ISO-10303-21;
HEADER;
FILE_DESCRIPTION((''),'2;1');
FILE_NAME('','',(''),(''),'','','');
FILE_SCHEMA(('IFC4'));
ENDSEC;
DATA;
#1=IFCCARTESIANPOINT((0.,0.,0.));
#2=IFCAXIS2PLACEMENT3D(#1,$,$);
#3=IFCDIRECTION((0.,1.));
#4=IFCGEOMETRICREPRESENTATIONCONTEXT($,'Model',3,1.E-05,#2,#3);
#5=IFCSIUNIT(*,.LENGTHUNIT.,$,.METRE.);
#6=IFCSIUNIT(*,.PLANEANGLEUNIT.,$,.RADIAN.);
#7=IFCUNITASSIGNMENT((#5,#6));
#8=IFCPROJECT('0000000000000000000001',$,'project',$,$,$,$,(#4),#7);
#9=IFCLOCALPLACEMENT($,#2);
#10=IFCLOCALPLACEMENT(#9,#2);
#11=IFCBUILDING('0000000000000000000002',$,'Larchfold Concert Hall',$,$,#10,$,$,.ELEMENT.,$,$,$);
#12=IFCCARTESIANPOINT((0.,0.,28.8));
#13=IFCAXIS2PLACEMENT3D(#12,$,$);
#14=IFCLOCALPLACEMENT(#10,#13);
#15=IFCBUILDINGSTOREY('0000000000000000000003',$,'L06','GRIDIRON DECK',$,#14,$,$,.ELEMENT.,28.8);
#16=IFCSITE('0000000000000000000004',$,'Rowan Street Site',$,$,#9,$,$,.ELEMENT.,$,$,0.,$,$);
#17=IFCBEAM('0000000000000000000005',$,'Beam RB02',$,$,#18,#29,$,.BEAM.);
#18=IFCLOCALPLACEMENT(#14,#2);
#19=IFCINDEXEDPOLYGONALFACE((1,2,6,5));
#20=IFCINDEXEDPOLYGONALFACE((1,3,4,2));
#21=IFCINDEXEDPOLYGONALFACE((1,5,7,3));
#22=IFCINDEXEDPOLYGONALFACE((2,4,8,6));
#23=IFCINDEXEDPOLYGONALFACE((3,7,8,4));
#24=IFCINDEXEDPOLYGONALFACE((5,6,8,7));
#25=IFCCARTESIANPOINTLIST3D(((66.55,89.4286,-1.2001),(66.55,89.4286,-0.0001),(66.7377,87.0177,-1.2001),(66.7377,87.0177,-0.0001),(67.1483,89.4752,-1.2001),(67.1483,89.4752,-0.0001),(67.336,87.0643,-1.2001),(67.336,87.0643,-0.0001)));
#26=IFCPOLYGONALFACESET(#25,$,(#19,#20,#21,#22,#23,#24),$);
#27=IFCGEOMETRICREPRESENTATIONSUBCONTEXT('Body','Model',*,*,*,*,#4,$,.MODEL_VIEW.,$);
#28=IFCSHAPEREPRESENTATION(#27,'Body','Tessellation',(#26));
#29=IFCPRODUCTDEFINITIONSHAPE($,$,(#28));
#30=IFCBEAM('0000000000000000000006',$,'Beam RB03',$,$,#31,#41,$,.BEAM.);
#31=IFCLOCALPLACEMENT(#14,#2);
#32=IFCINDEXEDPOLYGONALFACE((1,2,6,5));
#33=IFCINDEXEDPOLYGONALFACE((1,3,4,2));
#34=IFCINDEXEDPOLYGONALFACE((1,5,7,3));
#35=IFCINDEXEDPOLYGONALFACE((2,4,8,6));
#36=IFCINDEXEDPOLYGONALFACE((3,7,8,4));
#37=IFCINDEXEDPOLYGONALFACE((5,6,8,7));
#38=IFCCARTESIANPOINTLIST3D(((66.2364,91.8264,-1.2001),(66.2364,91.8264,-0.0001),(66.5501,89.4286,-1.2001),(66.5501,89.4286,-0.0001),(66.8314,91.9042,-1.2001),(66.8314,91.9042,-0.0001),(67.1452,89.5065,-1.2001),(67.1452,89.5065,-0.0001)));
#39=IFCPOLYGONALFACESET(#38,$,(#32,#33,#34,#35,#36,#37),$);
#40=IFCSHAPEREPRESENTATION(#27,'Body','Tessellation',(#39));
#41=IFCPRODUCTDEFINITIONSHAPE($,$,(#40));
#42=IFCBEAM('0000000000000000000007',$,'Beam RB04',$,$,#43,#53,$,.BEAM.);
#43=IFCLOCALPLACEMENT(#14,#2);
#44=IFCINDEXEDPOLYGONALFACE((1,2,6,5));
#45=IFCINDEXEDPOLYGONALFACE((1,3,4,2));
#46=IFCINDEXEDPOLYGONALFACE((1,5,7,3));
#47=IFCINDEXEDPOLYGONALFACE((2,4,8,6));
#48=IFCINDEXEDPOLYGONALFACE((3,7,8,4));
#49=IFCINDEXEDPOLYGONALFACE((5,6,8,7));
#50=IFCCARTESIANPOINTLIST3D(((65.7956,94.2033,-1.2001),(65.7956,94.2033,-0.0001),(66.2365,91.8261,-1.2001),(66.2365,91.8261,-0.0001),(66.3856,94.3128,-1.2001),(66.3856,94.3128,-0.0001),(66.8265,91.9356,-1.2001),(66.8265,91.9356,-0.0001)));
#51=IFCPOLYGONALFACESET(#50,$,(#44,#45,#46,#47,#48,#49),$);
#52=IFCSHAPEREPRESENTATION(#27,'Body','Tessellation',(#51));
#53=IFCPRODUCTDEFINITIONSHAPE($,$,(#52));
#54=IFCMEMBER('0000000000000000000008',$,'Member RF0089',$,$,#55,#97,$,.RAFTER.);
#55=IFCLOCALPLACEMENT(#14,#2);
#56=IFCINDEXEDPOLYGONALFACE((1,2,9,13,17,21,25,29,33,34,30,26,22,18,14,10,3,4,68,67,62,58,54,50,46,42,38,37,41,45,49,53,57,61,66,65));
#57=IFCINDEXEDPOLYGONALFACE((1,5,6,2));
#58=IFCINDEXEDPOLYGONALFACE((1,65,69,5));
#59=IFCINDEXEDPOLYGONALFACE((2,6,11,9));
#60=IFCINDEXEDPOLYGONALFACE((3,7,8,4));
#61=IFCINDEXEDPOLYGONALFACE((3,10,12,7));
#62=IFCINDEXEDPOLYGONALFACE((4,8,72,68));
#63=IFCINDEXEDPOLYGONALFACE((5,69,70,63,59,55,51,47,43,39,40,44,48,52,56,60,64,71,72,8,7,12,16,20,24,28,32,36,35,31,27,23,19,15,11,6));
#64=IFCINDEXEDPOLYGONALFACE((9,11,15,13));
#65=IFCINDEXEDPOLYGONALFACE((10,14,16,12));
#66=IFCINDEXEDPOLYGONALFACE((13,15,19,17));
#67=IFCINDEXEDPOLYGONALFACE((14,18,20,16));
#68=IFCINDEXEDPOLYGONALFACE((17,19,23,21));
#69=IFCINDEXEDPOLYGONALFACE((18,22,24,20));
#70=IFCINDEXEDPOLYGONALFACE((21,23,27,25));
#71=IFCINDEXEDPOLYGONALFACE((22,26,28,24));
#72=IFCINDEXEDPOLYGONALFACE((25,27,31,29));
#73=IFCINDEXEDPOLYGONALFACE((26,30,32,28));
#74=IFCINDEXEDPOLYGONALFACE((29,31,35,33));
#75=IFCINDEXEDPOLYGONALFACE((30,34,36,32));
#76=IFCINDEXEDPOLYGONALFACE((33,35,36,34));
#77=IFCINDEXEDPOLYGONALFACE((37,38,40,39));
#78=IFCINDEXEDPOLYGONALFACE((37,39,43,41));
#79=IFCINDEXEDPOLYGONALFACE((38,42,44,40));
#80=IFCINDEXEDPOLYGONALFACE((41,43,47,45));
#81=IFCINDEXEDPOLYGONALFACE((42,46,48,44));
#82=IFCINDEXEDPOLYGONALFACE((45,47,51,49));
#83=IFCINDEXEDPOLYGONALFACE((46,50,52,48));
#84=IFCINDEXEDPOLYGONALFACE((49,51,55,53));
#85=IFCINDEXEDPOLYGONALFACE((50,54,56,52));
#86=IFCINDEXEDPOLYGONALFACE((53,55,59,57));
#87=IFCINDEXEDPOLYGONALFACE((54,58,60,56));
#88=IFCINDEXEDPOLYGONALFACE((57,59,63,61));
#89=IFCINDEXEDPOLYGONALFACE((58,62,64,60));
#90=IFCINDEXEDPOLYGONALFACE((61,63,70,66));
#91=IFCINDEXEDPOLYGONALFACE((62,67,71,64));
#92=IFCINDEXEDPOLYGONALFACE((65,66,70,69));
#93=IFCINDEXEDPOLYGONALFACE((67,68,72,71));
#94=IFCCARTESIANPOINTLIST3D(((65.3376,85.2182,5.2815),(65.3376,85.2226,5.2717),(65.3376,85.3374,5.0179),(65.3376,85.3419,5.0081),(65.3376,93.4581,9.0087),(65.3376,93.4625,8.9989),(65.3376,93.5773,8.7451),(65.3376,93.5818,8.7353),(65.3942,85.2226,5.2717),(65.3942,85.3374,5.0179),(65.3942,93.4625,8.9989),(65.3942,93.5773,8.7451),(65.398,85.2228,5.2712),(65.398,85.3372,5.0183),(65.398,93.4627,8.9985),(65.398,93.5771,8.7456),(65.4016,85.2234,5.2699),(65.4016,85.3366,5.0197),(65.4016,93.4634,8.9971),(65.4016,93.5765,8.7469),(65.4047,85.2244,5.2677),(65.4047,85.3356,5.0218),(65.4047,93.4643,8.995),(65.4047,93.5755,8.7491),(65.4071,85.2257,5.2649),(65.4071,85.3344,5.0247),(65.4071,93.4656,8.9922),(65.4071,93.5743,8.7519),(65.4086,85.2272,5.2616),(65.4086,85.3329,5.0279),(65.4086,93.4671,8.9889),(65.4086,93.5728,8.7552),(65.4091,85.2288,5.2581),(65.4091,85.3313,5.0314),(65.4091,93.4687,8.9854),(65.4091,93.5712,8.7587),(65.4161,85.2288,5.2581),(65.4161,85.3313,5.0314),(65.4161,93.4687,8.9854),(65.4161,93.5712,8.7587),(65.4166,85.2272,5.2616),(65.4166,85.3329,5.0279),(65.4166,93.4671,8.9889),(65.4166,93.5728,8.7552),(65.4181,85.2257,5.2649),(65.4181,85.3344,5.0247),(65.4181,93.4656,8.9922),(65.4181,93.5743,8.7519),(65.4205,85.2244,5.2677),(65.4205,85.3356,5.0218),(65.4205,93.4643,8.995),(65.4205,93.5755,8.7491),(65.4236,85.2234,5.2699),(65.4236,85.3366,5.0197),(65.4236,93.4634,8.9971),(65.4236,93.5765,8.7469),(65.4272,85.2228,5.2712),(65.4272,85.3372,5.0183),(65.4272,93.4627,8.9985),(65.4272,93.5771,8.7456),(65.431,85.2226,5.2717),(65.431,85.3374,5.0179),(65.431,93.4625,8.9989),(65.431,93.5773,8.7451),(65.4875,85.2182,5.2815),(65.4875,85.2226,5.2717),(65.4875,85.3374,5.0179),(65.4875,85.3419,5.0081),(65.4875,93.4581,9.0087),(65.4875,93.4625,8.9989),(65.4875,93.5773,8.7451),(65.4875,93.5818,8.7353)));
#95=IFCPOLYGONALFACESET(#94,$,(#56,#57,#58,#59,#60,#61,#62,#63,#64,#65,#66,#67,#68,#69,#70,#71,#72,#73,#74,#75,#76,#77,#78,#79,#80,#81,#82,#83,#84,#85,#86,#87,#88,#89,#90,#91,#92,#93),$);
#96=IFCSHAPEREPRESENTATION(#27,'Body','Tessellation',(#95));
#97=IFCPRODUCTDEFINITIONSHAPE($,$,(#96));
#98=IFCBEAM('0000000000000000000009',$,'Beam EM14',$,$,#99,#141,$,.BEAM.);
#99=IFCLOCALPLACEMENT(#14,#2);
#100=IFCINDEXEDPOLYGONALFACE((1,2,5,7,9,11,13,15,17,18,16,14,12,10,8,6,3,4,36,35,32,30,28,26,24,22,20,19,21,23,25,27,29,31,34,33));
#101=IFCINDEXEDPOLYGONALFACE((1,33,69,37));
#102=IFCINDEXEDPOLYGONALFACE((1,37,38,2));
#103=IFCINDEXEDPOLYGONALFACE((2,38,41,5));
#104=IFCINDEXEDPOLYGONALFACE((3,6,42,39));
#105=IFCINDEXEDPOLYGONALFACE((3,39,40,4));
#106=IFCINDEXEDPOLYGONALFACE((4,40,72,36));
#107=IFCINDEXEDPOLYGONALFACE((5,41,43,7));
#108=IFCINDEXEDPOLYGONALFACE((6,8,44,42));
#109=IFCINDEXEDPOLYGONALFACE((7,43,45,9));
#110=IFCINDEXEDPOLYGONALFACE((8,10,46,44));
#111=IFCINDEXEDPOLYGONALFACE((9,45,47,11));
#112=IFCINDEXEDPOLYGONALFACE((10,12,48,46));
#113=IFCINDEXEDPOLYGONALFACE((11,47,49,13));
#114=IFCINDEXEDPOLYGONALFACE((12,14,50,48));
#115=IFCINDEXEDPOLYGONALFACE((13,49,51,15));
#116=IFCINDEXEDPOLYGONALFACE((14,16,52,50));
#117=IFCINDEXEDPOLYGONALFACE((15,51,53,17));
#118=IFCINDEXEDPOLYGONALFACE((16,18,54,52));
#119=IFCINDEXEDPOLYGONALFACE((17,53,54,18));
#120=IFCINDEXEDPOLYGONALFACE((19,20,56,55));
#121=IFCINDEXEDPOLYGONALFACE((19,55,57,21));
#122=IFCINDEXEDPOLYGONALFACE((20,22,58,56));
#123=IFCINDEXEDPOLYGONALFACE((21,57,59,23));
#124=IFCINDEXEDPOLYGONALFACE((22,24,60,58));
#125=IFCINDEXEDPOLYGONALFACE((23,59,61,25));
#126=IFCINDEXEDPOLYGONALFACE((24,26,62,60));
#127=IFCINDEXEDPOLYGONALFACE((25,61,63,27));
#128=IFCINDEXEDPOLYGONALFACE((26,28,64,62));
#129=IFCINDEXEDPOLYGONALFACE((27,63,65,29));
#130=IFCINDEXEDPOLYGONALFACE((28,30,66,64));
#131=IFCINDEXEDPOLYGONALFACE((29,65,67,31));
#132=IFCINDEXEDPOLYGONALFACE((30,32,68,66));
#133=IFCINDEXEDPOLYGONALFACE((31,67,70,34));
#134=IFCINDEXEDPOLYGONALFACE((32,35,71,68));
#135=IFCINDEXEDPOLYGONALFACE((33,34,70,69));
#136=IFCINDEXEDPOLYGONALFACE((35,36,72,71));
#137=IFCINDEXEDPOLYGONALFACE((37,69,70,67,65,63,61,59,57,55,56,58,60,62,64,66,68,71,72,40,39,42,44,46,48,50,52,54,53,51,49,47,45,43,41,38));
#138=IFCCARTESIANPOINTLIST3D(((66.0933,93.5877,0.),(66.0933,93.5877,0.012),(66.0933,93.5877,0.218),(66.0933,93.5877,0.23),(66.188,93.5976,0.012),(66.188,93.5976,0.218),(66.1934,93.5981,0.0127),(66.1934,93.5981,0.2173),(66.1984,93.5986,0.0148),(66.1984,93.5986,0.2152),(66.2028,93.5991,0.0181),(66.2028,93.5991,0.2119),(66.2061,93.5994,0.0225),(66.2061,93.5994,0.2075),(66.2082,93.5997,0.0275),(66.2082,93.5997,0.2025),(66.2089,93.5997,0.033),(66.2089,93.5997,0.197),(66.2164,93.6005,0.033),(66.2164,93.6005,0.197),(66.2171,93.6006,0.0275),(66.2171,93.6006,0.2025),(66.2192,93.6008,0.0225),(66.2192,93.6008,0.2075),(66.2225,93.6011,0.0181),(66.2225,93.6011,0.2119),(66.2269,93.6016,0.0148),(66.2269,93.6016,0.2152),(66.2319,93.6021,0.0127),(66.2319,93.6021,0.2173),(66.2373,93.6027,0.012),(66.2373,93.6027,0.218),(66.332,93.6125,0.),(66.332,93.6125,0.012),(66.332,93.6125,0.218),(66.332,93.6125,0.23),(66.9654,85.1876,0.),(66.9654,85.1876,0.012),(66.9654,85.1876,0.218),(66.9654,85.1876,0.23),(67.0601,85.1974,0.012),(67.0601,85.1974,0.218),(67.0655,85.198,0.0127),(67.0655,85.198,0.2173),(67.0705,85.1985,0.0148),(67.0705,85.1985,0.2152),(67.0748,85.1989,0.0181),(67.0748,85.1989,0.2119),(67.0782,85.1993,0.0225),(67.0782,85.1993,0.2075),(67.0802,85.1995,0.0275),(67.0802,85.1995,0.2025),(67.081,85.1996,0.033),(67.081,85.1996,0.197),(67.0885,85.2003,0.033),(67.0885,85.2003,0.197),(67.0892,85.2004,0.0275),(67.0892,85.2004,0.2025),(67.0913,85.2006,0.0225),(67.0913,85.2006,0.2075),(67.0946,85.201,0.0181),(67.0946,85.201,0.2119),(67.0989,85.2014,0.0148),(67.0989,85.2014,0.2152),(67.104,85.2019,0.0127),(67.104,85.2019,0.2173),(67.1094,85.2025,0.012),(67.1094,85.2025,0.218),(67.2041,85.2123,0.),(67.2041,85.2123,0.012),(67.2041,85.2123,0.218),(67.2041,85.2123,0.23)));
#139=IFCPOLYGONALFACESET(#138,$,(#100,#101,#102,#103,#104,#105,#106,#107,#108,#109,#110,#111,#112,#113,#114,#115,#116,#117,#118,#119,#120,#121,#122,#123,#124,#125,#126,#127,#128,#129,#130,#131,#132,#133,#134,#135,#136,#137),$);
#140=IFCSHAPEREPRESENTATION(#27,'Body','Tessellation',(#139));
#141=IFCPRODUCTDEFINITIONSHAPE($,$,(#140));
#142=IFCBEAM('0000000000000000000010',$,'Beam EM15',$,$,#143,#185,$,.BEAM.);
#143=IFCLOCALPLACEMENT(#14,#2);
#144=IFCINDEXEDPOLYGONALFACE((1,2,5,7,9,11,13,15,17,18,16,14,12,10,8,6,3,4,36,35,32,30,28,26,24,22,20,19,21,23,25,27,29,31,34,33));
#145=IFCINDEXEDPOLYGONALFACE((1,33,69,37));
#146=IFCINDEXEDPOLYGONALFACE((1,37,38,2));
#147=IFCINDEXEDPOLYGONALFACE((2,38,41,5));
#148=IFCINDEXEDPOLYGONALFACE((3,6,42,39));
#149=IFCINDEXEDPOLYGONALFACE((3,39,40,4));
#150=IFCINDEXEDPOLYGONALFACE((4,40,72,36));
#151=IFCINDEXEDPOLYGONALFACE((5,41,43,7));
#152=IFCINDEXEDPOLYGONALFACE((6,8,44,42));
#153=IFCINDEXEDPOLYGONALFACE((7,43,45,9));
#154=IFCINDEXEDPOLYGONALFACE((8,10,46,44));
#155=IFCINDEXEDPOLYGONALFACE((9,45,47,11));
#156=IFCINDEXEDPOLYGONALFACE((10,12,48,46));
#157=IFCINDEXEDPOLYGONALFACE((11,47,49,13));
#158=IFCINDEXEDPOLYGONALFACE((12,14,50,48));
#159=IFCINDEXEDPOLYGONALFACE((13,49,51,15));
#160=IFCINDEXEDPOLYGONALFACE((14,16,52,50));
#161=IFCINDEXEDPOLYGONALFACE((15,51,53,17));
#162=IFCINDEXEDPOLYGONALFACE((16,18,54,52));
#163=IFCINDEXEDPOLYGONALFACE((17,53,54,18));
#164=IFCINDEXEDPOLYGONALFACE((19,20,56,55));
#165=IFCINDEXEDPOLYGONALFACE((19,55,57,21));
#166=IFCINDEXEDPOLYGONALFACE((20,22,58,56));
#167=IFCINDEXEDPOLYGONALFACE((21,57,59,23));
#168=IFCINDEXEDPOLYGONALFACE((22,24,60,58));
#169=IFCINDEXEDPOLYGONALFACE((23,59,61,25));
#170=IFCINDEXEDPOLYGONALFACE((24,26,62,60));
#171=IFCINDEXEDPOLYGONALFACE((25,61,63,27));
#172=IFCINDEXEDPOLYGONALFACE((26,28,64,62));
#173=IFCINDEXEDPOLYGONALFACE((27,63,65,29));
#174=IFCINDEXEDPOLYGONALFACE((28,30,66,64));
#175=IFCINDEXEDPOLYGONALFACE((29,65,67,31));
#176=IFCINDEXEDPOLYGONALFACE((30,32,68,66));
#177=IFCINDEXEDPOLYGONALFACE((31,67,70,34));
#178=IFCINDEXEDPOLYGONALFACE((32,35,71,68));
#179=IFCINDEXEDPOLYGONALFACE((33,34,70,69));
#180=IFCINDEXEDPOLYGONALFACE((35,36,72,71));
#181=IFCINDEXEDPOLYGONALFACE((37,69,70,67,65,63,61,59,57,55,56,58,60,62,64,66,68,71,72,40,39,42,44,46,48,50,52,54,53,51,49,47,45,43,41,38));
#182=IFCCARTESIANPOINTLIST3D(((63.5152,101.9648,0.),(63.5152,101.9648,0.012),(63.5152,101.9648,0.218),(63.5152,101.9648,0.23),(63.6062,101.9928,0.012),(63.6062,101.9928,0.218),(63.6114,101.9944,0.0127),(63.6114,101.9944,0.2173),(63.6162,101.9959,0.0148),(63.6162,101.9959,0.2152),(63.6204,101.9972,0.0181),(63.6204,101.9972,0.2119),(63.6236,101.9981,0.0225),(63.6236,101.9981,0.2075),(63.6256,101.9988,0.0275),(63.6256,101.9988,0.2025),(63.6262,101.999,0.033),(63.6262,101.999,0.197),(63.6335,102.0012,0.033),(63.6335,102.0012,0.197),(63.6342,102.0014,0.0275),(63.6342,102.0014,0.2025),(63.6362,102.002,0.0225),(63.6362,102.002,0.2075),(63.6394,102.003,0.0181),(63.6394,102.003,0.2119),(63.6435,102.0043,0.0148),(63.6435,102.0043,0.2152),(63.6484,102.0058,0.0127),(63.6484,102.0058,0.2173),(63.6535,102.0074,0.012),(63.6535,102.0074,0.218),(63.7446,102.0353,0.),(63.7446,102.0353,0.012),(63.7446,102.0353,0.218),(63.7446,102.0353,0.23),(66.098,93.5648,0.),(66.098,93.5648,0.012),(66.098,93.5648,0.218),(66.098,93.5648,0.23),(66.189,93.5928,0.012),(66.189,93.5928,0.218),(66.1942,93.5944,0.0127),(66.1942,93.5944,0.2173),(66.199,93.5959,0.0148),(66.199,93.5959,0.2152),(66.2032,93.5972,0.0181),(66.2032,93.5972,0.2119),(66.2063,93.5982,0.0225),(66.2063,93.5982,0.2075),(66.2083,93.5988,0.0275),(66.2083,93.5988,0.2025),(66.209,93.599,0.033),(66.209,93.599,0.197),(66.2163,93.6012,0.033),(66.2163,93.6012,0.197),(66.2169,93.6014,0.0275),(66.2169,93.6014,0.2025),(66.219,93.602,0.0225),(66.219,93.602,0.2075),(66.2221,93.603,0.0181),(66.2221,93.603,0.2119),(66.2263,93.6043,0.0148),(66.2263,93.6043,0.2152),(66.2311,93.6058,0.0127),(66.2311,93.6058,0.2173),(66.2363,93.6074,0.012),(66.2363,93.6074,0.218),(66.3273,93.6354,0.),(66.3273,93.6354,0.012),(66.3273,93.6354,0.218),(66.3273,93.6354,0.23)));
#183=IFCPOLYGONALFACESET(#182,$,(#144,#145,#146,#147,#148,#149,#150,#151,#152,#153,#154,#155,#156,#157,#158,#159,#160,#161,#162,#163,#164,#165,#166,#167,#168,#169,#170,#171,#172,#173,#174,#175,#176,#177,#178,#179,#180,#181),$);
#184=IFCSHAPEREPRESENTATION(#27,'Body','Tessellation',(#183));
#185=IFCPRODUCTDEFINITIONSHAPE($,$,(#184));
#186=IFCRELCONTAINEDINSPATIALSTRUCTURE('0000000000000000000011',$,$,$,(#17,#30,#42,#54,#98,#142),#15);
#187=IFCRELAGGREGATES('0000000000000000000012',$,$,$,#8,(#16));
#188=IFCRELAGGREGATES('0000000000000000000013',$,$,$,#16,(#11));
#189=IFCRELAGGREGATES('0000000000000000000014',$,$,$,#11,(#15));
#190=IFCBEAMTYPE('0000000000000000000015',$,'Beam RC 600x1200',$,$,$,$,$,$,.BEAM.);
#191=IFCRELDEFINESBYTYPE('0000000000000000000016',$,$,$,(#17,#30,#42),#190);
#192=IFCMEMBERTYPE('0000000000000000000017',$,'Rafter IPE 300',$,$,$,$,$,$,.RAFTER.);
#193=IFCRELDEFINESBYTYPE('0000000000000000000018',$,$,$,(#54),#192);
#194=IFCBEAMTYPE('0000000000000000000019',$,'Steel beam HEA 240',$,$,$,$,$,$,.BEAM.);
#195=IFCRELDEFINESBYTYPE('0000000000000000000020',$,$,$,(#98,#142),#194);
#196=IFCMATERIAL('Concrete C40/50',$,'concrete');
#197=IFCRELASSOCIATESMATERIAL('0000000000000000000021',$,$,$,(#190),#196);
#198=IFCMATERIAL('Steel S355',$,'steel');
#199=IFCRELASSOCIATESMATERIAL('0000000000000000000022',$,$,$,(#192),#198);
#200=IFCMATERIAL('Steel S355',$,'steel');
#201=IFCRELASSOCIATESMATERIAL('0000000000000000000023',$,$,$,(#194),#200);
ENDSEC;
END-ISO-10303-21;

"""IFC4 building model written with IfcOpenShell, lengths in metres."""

from ifc_helpers import new_model, si_unit, direction, frame, origin, origin_2d, place, context, subcontext, project, spatial, rectangle, i_section, extrude, material, material_profile, profile_set, type_object, element, save


model = new_model("IFC4")

# Units and contexts
model_context = context("Model", 3, precision=1e-05, world=origin(), true_north=direction((0.0, 1.0)))
body_context = subcontext(model_context, "Body", "Model", "MODEL_VIEW")
ifc_project = project(units=[si_unit("LENGTHUNIT", "METRE"), si_unit("PLANEANGLEUNIT", "RADIAN")], contexts=[model_context])

# Site, building, storey
site_placement = place(None, origin())
site = spatial("IfcSite", under=ifc_project, at=site_placement, Name="Rowan Street Site", CompositionType="ELEMENT", RefElevation=0.0)
building_placement = place(site_placement, origin())
building = spatial("IfcBuilding", under=site, at=building_placement, Name="Larchfold Concert Hall", CompositionType="ELEMENT")
storey_placement = place(building_placement, frame((0.0, 0.0, 28.8)))
storey = spatial("IfcBuildingStorey", under=building, at=storey_placement, Name="L06", Description="GRIDIRON DECK", CompositionType="ELEMENT", Elevation=28.8)

# Beams
ifc_material_1 = material(Name="Concrete C40/50", Category="concrete")
ifc_material_profile_1 = material_profile(ifc_material_1, rectangle(XDim=0.6001, YDim=1.2, at=origin_2d()))
ifc_profile_set_1 = profile_set([ifc_material_profile_1], Name="Concrete C40/50")
beam_type_1 = type_object("IfcBeamType", Name="Beam RC 600x1200", PredefinedType="BEAM", material=ifc_profile_set_1)
for number, where, z_axis, x_axis, name in (
    (1, (67.0369, 87.041, -0.6001), (-0.077638, 0.996982, 0.0), (-0.996982, -0.077638, 0.0), "Beam RB02"),
    (2, (66.8477, 89.4675, -0.6001), (-0.129736, 0.991549, 0.0), (-0.991549, -0.129736, 0.0), "Beam RB03"),
):
    element("IfcBeam", number, at=place(storey_placement, frame(where, z_axis=z_axis, x_axis=x_axis)), inside=storey, type_object=beam_type_1, Name=name, PredefinedType="BEAM", context=body_context, shape_type="SweptSolid", body=[
        extrude(rectangle(XDim=0.6001, YDim=1.2, at=origin_2d()), origin(), (0.0, 0.0, 1.0), 2.4182),
    ])
beam_1_placement = place(storey_placement, frame((66.5315, 91.8809, -0.6001), z_axis=(-0.182368, 0.98323, 0.0), x_axis=(-0.98323, -0.182368, 0.0)))
element("IfcBeam", 3, at=beam_1_placement, inside=storey, type_object=beam_type_1, Name="Beam RB04", PredefinedType="BEAM", context=body_context, shape_type="SweptSolid", body=[
    extrude(rectangle(XDim=0.6001, YDim=1.2, at=origin_2d()), origin(), (0.0, 0.0, 1.0), 2.4177),
])

# Member
ifc_material_2 = material(Name="Steel S355", Category="steel")
ifc_material_profile_2 = material_profile(ifc_material_2, i_section(OverallWidth=0.1499, OverallDepth=0.3, WebThickness=0.0071, FlangeThickness=0.0107, FilletRadius=0.0149, at=origin_2d()))
ifc_profile_set_2 = profile_set([ifc_material_profile_2], Name="Steel S355")
member_type_1 = type_object("IfcMemberType", Name="Rafter IPE 300", PredefinedType="RAFTER", material=ifc_profile_set_2)
member_1_placement = place(storey_placement, frame((65.4126, 85.28, 5.1448), z_axis=(0.0, 0.911121, 0.412139), x_axis=(-1.0, 0.0, 0.0)))
element("IfcMember", 4, at=member_1_placement, inside=storey, type_object=member_type_1, Name="Member RF0089", PredefinedType="RAFTER", context=body_context, shape_type="SweptSolid", body=[
    extrude(i_section(OverallWidth=0.1499, OverallDepth=0.3, WebThickness=0.0071, FlangeThickness=0.0107, FilletRadius=0.0149, at=origin_2d()), origin(), (0.0, 0.0, 1.0), 9.0437),
])

# Beams
ifc_material_3 = material(Name="Steel S355", Category="steel")
ifc_material_profile_3 = material_profile(ifc_material_3, i_section(OverallWidth=0.24, OverallDepth=0.23, WebThickness=0.0076, FlangeThickness=0.012, FilletRadius=0.021, at=origin_2d()))
ifc_profile_set_3 = profile_set([ifc_material_profile_3], Name="Steel S355")
beam_type_2 = type_object("IfcBeamType", Name="Steel beam HEA 240", PredefinedType="BEAM", material=ifc_profile_set_3)
beam_2_placement = place(storey_placement, frame((67.0847, 85.2, 0.115), z_axis=(-0.103261, 0.994654, 0.0), x_axis=(-0.994654, -0.103261, 0.0)))
element("IfcBeam", 5, at=beam_2_placement, inside=storey, type_object=beam_type_2, Name="Beam EM14", PredefinedType="BEAM", context=body_context, shape_type="SweptSolid", body=[
    extrude(i_section(OverallWidth=0.24, OverallDepth=0.23, WebThickness=0.0076, FlangeThickness=0.012, FilletRadius=0.021, at=origin_2d()), origin(), (0.0, 0.0, 1.0), 8.4453),
])
beam_3_placement = place(storey_placement, frame((66.2126, 93.6001, 0.115), z_axis=(-0.293896, 0.955837, 0.0), x_axis=(-0.955837, -0.293896, 0.0)))
element("IfcBeam", 6, at=beam_3_placement, inside=storey, type_object=beam_type_2, Name="Beam EM15", PredefinedType="BEAM", context=body_context, shape_type="SweptSolid", body=[
    extrude(i_section(OverallWidth=0.24, OverallDepth=0.23, WebThickness=0.0076, FlangeThickness=0.012, FilletRadius=0.021, at=origin_2d()), origin(), (0.0, 0.0, 1.0), 8.7881),
])

save(model, "model.ifc")
